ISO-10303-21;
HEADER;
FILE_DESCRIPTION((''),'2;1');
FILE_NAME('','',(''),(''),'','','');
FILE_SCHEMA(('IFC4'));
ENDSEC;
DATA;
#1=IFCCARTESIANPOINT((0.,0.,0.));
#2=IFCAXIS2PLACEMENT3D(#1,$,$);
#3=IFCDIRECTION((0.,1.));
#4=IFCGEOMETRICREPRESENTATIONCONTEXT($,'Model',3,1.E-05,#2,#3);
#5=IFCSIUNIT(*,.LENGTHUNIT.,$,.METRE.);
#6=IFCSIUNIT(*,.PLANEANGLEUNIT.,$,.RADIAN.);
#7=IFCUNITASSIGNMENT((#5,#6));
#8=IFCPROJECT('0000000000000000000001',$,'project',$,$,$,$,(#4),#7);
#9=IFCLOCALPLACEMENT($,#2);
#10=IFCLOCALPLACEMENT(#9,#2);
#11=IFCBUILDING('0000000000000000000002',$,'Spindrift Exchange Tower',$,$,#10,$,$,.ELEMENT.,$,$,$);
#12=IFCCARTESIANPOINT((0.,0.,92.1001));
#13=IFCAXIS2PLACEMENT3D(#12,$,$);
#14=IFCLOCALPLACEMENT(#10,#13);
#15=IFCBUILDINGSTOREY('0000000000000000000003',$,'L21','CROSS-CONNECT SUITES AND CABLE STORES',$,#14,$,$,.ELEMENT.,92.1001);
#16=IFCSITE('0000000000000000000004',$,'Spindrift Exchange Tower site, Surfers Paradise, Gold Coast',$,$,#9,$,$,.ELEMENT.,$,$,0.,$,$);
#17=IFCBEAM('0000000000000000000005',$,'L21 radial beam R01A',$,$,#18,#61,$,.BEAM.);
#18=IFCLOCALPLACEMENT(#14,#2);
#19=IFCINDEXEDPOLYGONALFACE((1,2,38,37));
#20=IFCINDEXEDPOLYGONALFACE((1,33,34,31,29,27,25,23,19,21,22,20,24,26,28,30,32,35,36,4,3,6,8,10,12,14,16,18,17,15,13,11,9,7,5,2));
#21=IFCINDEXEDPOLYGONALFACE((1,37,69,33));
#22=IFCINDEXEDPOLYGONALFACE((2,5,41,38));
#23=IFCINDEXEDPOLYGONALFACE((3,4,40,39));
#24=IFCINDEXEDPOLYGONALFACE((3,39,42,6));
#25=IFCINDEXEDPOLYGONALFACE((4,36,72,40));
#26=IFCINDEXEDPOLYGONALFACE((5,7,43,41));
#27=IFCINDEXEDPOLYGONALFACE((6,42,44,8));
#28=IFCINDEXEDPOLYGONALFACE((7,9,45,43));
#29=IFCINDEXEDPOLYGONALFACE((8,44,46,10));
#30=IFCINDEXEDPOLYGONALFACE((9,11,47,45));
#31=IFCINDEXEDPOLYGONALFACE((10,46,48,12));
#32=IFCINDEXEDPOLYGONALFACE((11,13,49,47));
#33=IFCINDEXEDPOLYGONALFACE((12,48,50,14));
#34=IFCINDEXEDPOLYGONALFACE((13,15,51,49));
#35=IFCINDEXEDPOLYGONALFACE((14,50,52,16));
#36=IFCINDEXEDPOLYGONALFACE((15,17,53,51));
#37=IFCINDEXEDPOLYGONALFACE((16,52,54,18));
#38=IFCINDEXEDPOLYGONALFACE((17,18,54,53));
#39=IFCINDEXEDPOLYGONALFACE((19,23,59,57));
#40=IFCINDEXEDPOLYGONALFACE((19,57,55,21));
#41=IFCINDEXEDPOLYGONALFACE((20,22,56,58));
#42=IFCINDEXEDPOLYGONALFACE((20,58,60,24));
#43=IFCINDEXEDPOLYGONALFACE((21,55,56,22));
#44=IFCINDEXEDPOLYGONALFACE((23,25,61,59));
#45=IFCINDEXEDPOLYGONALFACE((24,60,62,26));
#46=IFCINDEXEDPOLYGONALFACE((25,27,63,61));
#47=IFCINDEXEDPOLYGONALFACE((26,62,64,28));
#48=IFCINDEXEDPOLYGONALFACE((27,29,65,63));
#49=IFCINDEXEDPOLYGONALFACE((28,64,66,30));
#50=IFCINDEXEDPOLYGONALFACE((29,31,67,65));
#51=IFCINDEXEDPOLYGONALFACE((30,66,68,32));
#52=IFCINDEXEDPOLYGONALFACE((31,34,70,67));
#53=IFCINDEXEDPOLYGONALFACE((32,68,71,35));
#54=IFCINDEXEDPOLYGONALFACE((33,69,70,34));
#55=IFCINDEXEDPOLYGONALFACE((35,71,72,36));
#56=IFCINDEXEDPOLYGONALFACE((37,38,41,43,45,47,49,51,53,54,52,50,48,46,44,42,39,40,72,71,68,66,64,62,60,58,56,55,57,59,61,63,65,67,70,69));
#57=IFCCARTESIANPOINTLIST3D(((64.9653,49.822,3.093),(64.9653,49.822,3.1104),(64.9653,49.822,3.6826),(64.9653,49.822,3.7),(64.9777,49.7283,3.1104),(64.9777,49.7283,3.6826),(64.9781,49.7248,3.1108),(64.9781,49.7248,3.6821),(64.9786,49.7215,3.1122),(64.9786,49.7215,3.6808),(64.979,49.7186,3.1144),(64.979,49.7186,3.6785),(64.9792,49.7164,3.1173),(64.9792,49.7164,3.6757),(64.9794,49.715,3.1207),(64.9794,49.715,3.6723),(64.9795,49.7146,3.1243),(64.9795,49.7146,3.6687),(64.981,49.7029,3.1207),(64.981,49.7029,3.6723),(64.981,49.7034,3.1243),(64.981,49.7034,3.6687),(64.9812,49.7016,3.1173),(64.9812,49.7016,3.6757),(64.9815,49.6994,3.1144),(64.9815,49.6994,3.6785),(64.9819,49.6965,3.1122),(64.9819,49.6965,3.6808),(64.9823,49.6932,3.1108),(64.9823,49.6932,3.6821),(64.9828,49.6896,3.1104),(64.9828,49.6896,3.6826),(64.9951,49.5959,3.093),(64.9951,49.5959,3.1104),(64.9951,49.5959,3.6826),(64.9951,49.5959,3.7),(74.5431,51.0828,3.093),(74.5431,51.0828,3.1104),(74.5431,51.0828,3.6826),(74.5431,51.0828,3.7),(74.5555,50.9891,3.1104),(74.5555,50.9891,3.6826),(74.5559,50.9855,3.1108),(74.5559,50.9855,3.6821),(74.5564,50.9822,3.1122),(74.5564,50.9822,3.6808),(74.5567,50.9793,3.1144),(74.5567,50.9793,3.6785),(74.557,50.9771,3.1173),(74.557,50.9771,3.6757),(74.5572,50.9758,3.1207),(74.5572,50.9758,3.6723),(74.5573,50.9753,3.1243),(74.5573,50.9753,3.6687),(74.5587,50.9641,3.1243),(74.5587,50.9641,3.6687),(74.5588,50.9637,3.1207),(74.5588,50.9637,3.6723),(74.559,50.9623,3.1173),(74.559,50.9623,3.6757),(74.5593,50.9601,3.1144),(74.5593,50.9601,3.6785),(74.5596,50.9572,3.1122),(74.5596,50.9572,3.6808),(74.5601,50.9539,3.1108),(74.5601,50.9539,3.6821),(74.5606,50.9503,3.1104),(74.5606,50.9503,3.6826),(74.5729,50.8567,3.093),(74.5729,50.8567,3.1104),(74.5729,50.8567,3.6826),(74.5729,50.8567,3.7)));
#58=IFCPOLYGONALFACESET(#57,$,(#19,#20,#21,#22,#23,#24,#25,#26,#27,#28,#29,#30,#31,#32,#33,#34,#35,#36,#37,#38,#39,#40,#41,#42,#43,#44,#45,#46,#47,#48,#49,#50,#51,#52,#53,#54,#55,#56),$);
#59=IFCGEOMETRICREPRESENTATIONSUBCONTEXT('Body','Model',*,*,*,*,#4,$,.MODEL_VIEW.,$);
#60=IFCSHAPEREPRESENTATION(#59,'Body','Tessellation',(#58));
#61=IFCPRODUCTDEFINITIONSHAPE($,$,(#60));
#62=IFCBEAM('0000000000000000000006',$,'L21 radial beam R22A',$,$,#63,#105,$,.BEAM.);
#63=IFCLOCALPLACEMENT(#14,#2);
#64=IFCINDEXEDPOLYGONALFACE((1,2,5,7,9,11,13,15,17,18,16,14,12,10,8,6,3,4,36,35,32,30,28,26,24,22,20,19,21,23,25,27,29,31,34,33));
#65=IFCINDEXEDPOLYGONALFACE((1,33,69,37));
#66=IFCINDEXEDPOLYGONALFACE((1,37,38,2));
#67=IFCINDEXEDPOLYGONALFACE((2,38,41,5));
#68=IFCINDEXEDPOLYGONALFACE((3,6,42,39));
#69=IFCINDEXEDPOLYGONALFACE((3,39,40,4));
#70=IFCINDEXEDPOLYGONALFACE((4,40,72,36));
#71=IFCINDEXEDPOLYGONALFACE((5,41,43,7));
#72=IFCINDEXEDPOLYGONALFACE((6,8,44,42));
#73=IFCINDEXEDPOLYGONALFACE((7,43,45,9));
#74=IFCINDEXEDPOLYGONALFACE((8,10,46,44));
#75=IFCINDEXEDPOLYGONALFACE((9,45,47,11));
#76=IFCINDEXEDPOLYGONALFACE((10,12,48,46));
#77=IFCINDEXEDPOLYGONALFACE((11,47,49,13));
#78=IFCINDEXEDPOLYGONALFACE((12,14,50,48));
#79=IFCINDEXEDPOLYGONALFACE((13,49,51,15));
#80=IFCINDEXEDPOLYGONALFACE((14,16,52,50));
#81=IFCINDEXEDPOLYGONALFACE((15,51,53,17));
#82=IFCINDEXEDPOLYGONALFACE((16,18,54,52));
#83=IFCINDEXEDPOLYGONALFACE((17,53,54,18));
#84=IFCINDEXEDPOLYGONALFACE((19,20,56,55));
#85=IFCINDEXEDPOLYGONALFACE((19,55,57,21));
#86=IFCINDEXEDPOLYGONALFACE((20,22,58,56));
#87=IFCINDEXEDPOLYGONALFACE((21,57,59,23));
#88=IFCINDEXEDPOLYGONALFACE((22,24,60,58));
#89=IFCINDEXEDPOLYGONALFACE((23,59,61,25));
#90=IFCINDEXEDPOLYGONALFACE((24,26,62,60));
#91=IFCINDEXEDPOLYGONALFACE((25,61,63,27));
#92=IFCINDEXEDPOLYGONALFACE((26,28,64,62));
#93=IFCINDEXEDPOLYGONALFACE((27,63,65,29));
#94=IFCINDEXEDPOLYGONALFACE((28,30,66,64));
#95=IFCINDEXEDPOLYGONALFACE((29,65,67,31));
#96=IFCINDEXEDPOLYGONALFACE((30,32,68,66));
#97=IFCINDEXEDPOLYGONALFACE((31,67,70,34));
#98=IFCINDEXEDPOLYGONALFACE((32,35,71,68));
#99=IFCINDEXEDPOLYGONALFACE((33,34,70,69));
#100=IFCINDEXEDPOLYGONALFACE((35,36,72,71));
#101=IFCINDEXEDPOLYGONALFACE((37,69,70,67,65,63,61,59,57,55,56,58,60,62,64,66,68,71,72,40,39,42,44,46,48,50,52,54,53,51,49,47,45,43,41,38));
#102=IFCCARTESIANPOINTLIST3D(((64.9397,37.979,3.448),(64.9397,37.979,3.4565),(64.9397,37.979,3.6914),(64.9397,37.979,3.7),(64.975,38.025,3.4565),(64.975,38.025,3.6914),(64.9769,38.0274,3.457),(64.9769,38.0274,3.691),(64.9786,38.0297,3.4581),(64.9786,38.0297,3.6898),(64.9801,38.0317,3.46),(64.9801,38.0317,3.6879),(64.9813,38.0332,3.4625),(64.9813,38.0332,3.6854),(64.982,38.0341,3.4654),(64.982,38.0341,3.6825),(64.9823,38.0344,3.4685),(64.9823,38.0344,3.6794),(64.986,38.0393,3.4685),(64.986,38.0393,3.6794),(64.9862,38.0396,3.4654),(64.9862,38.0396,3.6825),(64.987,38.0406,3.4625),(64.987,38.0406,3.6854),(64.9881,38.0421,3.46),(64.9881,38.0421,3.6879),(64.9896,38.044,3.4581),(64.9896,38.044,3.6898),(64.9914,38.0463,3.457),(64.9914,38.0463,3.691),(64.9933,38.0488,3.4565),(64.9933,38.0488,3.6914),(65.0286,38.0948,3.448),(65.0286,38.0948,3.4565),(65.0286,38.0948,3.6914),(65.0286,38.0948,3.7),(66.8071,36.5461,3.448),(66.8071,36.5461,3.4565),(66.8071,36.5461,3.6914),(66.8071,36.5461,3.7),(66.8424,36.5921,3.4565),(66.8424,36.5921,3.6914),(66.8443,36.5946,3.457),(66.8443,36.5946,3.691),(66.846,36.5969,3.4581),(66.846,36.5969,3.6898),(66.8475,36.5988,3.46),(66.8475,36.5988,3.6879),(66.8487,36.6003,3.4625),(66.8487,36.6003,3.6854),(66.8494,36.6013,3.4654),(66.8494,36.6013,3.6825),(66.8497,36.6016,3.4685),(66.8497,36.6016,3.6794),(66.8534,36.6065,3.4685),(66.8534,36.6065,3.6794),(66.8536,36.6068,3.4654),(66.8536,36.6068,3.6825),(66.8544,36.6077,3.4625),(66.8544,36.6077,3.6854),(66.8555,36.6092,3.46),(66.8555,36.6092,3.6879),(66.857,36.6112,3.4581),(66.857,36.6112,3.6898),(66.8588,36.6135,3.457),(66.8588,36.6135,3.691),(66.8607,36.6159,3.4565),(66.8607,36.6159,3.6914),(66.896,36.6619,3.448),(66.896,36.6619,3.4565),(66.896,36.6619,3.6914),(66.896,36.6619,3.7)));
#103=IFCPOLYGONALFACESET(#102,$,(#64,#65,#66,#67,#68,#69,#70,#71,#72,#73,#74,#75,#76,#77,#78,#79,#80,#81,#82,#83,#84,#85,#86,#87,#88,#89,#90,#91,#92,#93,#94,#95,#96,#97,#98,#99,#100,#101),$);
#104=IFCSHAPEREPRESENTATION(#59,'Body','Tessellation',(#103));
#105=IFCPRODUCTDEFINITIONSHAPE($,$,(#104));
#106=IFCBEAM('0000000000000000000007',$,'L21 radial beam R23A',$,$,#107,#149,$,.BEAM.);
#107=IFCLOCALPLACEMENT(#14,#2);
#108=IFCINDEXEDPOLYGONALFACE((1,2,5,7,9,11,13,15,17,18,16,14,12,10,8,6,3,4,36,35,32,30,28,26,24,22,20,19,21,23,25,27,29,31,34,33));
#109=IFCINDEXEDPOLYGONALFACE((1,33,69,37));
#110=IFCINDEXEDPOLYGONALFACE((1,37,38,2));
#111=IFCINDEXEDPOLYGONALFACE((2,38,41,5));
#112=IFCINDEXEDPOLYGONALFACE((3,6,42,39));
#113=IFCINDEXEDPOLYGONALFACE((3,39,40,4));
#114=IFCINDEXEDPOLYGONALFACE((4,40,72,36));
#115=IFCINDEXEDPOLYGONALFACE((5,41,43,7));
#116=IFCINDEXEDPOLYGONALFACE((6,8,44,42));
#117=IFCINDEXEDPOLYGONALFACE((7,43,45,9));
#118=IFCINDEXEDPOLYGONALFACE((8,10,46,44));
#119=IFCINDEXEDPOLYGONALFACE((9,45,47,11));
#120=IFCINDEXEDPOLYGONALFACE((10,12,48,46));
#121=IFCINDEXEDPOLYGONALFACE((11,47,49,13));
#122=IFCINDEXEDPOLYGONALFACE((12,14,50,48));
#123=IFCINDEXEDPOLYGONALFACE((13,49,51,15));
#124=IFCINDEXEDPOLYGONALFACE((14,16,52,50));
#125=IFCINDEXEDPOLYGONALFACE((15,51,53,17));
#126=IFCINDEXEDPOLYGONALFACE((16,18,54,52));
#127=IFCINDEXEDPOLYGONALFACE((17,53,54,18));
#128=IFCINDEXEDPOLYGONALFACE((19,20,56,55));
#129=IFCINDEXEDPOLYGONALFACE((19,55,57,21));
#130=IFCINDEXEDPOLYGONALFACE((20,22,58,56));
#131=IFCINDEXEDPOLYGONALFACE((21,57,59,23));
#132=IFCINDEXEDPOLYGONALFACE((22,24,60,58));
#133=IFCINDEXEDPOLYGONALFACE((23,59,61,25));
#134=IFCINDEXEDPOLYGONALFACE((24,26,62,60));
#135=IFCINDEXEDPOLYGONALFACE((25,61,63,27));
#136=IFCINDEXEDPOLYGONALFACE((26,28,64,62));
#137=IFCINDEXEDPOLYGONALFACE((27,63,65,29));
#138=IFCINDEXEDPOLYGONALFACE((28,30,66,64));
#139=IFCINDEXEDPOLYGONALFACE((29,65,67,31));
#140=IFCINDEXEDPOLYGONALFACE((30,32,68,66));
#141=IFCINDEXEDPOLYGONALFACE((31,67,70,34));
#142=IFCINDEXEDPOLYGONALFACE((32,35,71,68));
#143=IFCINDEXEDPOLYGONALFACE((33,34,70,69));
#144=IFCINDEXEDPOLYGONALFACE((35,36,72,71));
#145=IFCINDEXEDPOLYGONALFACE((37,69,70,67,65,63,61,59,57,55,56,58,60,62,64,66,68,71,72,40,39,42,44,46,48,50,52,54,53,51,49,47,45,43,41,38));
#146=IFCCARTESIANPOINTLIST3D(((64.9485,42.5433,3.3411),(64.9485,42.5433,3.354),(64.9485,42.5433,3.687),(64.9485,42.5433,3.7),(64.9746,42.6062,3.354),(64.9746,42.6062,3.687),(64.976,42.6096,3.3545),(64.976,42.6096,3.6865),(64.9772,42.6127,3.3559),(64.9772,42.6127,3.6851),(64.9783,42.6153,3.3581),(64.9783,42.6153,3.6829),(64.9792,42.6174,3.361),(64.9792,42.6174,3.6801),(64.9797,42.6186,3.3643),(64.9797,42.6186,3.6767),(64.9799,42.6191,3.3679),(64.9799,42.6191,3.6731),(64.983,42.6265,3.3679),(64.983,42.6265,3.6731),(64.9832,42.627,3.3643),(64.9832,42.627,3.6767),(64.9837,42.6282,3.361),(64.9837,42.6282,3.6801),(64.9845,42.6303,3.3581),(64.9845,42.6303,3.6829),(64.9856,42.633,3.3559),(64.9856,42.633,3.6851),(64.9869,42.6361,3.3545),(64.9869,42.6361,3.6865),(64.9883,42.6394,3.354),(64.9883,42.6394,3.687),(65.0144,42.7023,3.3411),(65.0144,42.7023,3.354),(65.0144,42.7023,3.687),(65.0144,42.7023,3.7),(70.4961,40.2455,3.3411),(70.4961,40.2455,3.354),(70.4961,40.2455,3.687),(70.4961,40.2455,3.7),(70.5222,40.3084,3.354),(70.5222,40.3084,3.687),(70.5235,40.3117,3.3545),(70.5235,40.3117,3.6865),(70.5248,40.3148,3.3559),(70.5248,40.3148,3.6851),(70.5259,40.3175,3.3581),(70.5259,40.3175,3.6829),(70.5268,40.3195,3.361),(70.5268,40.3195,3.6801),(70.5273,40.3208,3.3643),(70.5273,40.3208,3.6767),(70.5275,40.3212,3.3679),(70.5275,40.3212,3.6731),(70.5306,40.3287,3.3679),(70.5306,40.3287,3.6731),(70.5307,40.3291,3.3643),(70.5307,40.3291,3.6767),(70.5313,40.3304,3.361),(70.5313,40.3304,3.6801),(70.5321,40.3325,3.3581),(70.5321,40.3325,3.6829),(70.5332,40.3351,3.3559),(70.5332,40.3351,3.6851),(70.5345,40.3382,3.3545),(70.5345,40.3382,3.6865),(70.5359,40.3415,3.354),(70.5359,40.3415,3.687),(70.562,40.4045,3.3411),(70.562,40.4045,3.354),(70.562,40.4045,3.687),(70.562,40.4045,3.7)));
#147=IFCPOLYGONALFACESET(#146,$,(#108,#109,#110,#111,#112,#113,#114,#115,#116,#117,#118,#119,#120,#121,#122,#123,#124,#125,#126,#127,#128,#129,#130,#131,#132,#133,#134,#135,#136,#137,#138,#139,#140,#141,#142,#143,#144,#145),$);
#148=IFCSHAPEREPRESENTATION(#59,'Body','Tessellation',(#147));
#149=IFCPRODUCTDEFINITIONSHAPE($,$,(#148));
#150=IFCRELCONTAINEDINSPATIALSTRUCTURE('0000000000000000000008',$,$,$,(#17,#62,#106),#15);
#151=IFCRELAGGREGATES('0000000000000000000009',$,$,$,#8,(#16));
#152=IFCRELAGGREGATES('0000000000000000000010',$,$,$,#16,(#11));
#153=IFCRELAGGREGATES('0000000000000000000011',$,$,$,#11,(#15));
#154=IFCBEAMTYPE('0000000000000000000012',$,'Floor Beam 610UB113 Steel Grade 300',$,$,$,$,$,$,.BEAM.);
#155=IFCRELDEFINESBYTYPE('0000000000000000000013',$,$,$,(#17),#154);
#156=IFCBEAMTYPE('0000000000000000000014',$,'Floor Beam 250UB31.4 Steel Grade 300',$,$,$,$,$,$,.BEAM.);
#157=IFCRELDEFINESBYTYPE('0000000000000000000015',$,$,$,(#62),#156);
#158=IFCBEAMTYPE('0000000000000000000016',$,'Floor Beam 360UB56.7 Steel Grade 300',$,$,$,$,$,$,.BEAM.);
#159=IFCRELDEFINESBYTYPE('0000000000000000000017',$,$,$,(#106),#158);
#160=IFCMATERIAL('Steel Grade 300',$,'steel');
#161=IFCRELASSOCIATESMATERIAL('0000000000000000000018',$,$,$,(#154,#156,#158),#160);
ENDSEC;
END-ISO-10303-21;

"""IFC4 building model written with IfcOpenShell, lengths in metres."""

from ifc_helpers import new_model, si_unit, direction, frame, origin, origin_2d, place, context, subcontext, project, spatial, i_section, extrude, source, transform, mapped, material, material_profile, profile_set, type_object, element, save


model = new_model("IFC4")

# Units and contexts
model_context = context("Model", 3, precision=1e-05, world=origin(), true_north=direction((0.0, 1.0)))
body_context = subcontext(model_context, "Body", "Model", "MODEL_VIEW")
ifc_project = project(units=[si_unit("LENGTHUNIT", "METRE"), si_unit("PLANEANGLEUNIT", "RADIAN")], contexts=[model_context])

# Site, building, storey
site_placement = place(None, origin())
site = spatial("IfcSite", under=ifc_project, at=site_placement, Name="Spindrift Exchange Tower site, Surfers Paradise, Gold Coast", CompositionType="ELEMENT", RefElevation=0.0)
building_placement = place(site_placement, origin())
building = spatial("IfcBuilding", under=site, at=building_placement, Name="Spindrift Exchange Tower", CompositionType="ELEMENT")
storey_placement = place(building_placement, frame((0.0, 0.0, 92.1001)))
storey = spatial("IfcBuildingStorey", under=building, at=storey_placement, Name="L21", Description="CROSS-CONNECT SUITES AND CABLE STORES", CompositionType="ELEMENT", Elevation=92.1001)

# Beams
ifc_material_1 = material(Name="Steel Grade 300", Category="steel")
ifc_material_profile_1 = material_profile(ifc_material_1, i_section(OverallWidth=0.228, OverallDepth=0.6069, WebThickness=0.0112, FlangeThickness=0.0173, FilletRadius=0.0139, at=origin_2d()), Name="610UB113")
ifc_profile_set_1 = profile_set([ifc_material_profile_1], Name="Steel Grade 300")
beam_type_1 = type_object("IfcBeamType", Name="Floor Beam 610UB113 Steel Grade 300", PredefinedType="BEAM", material=ifc_profile_set_1)
shared_shape_1 = source(origin(), body_context, "Body", "SweptSolid", [
    extrude(i_section(OverallWidth=0.228, OverallDepth=0.6069, WebThickness=0.0112, FlangeThickness=0.0173, FilletRadius=0.0139, at=origin_2d()), origin(), (0.0, 0.0, 1.0), 9.6604),
])
beam_1_placement = place(storey_placement, frame((64.9802, 49.709, 3.3965), z_axis=(0.991448, 0.130505, 0.0), x_axis=(-0.130505, 0.991448, 0.0)))
element("IfcBeam", 1, at=beam_1_placement, inside=storey, type_object=beam_type_1, Name="L21 radial beam R01A", PredefinedType="BEAM", context=body_context, shape_type="MappedRepresentation", body=[
    mapped(shared_shape_1, transform((0.0, 0.0, 0.0), scale=1.0)),
])
ifc_material_profile_2 = material_profile(ifc_material_1, i_section(OverallWidth=0.146, OverallDepth=0.252, WebThickness=0.0061, FlangeThickness=0.0085, FilletRadius=0.012, at=origin_2d()), Name="250UB31.4")
ifc_profile_set_2 = profile_set([ifc_material_profile_2], Name="Steel Grade 300")
beam_type_2 = type_object("IfcBeamType", Name="Floor Beam 250UB31.4 Steel Grade 300", PredefinedType="BEAM", material=ifc_profile_set_2)
shared_shape_2 = source(origin(), body_context, "Body", "SweptSolid", [
    extrude(i_section(OverallWidth=0.146, OverallDepth=0.252, WebThickness=0.0061, FlangeThickness=0.0085, FilletRadius=0.012, at=origin_2d()), origin(), (0.0, 0.0, 1.0), 2.3538),
])
beam_2_placement = place(storey_placement, frame((64.9841, 38.0369, 3.574), z_axis=(0.793368, -0.608743, 0.0), x_axis=(0.608743, 0.793368, 0.0)))
element("IfcBeam", 2, at=beam_2_placement, inside=storey, type_object=beam_type_2, Name="L21 radial beam R22A", PredefinedType="BEAM", context=body_context, shape_type="MappedRepresentation", body=[
    mapped(shared_shape_2, transform((0.0, 0.0, 0.0), scale=1.0)),
])
ifc_material_profile_3 = material_profile(ifc_material_1, i_section(OverallWidth=0.1721, OverallDepth=0.3589, WebThickness=0.0081, FlangeThickness=0.0129, FilletRadius=0.0139, at=origin_2d()), Name="360UB56.7")
ifc_profile_set_3 = profile_set([ifc_material_profile_3], Name="Steel Grade 300")
beam_type_3 = type_object("IfcBeamType", Name="Floor Beam 360UB56.7 Steel Grade 300", PredefinedType="BEAM", material=ifc_profile_set_3)
shared_shape_3 = source(origin(), body_context, "Body", "SweptSolid", [
    extrude(i_section(OverallWidth=0.1721, OverallDepth=0.3589, WebThickness=0.0081, FlangeThickness=0.0129, FilletRadius=0.0139, at=origin_2d()), origin(), (0.0, 0.0, 1.0), 6.0046),
])
beam_3_placement = place(storey_placement, frame((64.9814, 42.6228, 3.5205), z_axis=(0.923882, -0.382677, 0.0), x_axis=(0.382677, 0.923882, 0.0)))
element("IfcBeam", 3, at=beam_3_placement, inside=storey, type_object=beam_type_3, Name="L21 radial beam R23A", PredefinedType="BEAM", context=body_context, shape_type="MappedRepresentation", body=[
    mapped(shared_shape_3, transform((0.0, 0.0, 0.0), scale=1.0)),
])

save(model, "model.ifc")
